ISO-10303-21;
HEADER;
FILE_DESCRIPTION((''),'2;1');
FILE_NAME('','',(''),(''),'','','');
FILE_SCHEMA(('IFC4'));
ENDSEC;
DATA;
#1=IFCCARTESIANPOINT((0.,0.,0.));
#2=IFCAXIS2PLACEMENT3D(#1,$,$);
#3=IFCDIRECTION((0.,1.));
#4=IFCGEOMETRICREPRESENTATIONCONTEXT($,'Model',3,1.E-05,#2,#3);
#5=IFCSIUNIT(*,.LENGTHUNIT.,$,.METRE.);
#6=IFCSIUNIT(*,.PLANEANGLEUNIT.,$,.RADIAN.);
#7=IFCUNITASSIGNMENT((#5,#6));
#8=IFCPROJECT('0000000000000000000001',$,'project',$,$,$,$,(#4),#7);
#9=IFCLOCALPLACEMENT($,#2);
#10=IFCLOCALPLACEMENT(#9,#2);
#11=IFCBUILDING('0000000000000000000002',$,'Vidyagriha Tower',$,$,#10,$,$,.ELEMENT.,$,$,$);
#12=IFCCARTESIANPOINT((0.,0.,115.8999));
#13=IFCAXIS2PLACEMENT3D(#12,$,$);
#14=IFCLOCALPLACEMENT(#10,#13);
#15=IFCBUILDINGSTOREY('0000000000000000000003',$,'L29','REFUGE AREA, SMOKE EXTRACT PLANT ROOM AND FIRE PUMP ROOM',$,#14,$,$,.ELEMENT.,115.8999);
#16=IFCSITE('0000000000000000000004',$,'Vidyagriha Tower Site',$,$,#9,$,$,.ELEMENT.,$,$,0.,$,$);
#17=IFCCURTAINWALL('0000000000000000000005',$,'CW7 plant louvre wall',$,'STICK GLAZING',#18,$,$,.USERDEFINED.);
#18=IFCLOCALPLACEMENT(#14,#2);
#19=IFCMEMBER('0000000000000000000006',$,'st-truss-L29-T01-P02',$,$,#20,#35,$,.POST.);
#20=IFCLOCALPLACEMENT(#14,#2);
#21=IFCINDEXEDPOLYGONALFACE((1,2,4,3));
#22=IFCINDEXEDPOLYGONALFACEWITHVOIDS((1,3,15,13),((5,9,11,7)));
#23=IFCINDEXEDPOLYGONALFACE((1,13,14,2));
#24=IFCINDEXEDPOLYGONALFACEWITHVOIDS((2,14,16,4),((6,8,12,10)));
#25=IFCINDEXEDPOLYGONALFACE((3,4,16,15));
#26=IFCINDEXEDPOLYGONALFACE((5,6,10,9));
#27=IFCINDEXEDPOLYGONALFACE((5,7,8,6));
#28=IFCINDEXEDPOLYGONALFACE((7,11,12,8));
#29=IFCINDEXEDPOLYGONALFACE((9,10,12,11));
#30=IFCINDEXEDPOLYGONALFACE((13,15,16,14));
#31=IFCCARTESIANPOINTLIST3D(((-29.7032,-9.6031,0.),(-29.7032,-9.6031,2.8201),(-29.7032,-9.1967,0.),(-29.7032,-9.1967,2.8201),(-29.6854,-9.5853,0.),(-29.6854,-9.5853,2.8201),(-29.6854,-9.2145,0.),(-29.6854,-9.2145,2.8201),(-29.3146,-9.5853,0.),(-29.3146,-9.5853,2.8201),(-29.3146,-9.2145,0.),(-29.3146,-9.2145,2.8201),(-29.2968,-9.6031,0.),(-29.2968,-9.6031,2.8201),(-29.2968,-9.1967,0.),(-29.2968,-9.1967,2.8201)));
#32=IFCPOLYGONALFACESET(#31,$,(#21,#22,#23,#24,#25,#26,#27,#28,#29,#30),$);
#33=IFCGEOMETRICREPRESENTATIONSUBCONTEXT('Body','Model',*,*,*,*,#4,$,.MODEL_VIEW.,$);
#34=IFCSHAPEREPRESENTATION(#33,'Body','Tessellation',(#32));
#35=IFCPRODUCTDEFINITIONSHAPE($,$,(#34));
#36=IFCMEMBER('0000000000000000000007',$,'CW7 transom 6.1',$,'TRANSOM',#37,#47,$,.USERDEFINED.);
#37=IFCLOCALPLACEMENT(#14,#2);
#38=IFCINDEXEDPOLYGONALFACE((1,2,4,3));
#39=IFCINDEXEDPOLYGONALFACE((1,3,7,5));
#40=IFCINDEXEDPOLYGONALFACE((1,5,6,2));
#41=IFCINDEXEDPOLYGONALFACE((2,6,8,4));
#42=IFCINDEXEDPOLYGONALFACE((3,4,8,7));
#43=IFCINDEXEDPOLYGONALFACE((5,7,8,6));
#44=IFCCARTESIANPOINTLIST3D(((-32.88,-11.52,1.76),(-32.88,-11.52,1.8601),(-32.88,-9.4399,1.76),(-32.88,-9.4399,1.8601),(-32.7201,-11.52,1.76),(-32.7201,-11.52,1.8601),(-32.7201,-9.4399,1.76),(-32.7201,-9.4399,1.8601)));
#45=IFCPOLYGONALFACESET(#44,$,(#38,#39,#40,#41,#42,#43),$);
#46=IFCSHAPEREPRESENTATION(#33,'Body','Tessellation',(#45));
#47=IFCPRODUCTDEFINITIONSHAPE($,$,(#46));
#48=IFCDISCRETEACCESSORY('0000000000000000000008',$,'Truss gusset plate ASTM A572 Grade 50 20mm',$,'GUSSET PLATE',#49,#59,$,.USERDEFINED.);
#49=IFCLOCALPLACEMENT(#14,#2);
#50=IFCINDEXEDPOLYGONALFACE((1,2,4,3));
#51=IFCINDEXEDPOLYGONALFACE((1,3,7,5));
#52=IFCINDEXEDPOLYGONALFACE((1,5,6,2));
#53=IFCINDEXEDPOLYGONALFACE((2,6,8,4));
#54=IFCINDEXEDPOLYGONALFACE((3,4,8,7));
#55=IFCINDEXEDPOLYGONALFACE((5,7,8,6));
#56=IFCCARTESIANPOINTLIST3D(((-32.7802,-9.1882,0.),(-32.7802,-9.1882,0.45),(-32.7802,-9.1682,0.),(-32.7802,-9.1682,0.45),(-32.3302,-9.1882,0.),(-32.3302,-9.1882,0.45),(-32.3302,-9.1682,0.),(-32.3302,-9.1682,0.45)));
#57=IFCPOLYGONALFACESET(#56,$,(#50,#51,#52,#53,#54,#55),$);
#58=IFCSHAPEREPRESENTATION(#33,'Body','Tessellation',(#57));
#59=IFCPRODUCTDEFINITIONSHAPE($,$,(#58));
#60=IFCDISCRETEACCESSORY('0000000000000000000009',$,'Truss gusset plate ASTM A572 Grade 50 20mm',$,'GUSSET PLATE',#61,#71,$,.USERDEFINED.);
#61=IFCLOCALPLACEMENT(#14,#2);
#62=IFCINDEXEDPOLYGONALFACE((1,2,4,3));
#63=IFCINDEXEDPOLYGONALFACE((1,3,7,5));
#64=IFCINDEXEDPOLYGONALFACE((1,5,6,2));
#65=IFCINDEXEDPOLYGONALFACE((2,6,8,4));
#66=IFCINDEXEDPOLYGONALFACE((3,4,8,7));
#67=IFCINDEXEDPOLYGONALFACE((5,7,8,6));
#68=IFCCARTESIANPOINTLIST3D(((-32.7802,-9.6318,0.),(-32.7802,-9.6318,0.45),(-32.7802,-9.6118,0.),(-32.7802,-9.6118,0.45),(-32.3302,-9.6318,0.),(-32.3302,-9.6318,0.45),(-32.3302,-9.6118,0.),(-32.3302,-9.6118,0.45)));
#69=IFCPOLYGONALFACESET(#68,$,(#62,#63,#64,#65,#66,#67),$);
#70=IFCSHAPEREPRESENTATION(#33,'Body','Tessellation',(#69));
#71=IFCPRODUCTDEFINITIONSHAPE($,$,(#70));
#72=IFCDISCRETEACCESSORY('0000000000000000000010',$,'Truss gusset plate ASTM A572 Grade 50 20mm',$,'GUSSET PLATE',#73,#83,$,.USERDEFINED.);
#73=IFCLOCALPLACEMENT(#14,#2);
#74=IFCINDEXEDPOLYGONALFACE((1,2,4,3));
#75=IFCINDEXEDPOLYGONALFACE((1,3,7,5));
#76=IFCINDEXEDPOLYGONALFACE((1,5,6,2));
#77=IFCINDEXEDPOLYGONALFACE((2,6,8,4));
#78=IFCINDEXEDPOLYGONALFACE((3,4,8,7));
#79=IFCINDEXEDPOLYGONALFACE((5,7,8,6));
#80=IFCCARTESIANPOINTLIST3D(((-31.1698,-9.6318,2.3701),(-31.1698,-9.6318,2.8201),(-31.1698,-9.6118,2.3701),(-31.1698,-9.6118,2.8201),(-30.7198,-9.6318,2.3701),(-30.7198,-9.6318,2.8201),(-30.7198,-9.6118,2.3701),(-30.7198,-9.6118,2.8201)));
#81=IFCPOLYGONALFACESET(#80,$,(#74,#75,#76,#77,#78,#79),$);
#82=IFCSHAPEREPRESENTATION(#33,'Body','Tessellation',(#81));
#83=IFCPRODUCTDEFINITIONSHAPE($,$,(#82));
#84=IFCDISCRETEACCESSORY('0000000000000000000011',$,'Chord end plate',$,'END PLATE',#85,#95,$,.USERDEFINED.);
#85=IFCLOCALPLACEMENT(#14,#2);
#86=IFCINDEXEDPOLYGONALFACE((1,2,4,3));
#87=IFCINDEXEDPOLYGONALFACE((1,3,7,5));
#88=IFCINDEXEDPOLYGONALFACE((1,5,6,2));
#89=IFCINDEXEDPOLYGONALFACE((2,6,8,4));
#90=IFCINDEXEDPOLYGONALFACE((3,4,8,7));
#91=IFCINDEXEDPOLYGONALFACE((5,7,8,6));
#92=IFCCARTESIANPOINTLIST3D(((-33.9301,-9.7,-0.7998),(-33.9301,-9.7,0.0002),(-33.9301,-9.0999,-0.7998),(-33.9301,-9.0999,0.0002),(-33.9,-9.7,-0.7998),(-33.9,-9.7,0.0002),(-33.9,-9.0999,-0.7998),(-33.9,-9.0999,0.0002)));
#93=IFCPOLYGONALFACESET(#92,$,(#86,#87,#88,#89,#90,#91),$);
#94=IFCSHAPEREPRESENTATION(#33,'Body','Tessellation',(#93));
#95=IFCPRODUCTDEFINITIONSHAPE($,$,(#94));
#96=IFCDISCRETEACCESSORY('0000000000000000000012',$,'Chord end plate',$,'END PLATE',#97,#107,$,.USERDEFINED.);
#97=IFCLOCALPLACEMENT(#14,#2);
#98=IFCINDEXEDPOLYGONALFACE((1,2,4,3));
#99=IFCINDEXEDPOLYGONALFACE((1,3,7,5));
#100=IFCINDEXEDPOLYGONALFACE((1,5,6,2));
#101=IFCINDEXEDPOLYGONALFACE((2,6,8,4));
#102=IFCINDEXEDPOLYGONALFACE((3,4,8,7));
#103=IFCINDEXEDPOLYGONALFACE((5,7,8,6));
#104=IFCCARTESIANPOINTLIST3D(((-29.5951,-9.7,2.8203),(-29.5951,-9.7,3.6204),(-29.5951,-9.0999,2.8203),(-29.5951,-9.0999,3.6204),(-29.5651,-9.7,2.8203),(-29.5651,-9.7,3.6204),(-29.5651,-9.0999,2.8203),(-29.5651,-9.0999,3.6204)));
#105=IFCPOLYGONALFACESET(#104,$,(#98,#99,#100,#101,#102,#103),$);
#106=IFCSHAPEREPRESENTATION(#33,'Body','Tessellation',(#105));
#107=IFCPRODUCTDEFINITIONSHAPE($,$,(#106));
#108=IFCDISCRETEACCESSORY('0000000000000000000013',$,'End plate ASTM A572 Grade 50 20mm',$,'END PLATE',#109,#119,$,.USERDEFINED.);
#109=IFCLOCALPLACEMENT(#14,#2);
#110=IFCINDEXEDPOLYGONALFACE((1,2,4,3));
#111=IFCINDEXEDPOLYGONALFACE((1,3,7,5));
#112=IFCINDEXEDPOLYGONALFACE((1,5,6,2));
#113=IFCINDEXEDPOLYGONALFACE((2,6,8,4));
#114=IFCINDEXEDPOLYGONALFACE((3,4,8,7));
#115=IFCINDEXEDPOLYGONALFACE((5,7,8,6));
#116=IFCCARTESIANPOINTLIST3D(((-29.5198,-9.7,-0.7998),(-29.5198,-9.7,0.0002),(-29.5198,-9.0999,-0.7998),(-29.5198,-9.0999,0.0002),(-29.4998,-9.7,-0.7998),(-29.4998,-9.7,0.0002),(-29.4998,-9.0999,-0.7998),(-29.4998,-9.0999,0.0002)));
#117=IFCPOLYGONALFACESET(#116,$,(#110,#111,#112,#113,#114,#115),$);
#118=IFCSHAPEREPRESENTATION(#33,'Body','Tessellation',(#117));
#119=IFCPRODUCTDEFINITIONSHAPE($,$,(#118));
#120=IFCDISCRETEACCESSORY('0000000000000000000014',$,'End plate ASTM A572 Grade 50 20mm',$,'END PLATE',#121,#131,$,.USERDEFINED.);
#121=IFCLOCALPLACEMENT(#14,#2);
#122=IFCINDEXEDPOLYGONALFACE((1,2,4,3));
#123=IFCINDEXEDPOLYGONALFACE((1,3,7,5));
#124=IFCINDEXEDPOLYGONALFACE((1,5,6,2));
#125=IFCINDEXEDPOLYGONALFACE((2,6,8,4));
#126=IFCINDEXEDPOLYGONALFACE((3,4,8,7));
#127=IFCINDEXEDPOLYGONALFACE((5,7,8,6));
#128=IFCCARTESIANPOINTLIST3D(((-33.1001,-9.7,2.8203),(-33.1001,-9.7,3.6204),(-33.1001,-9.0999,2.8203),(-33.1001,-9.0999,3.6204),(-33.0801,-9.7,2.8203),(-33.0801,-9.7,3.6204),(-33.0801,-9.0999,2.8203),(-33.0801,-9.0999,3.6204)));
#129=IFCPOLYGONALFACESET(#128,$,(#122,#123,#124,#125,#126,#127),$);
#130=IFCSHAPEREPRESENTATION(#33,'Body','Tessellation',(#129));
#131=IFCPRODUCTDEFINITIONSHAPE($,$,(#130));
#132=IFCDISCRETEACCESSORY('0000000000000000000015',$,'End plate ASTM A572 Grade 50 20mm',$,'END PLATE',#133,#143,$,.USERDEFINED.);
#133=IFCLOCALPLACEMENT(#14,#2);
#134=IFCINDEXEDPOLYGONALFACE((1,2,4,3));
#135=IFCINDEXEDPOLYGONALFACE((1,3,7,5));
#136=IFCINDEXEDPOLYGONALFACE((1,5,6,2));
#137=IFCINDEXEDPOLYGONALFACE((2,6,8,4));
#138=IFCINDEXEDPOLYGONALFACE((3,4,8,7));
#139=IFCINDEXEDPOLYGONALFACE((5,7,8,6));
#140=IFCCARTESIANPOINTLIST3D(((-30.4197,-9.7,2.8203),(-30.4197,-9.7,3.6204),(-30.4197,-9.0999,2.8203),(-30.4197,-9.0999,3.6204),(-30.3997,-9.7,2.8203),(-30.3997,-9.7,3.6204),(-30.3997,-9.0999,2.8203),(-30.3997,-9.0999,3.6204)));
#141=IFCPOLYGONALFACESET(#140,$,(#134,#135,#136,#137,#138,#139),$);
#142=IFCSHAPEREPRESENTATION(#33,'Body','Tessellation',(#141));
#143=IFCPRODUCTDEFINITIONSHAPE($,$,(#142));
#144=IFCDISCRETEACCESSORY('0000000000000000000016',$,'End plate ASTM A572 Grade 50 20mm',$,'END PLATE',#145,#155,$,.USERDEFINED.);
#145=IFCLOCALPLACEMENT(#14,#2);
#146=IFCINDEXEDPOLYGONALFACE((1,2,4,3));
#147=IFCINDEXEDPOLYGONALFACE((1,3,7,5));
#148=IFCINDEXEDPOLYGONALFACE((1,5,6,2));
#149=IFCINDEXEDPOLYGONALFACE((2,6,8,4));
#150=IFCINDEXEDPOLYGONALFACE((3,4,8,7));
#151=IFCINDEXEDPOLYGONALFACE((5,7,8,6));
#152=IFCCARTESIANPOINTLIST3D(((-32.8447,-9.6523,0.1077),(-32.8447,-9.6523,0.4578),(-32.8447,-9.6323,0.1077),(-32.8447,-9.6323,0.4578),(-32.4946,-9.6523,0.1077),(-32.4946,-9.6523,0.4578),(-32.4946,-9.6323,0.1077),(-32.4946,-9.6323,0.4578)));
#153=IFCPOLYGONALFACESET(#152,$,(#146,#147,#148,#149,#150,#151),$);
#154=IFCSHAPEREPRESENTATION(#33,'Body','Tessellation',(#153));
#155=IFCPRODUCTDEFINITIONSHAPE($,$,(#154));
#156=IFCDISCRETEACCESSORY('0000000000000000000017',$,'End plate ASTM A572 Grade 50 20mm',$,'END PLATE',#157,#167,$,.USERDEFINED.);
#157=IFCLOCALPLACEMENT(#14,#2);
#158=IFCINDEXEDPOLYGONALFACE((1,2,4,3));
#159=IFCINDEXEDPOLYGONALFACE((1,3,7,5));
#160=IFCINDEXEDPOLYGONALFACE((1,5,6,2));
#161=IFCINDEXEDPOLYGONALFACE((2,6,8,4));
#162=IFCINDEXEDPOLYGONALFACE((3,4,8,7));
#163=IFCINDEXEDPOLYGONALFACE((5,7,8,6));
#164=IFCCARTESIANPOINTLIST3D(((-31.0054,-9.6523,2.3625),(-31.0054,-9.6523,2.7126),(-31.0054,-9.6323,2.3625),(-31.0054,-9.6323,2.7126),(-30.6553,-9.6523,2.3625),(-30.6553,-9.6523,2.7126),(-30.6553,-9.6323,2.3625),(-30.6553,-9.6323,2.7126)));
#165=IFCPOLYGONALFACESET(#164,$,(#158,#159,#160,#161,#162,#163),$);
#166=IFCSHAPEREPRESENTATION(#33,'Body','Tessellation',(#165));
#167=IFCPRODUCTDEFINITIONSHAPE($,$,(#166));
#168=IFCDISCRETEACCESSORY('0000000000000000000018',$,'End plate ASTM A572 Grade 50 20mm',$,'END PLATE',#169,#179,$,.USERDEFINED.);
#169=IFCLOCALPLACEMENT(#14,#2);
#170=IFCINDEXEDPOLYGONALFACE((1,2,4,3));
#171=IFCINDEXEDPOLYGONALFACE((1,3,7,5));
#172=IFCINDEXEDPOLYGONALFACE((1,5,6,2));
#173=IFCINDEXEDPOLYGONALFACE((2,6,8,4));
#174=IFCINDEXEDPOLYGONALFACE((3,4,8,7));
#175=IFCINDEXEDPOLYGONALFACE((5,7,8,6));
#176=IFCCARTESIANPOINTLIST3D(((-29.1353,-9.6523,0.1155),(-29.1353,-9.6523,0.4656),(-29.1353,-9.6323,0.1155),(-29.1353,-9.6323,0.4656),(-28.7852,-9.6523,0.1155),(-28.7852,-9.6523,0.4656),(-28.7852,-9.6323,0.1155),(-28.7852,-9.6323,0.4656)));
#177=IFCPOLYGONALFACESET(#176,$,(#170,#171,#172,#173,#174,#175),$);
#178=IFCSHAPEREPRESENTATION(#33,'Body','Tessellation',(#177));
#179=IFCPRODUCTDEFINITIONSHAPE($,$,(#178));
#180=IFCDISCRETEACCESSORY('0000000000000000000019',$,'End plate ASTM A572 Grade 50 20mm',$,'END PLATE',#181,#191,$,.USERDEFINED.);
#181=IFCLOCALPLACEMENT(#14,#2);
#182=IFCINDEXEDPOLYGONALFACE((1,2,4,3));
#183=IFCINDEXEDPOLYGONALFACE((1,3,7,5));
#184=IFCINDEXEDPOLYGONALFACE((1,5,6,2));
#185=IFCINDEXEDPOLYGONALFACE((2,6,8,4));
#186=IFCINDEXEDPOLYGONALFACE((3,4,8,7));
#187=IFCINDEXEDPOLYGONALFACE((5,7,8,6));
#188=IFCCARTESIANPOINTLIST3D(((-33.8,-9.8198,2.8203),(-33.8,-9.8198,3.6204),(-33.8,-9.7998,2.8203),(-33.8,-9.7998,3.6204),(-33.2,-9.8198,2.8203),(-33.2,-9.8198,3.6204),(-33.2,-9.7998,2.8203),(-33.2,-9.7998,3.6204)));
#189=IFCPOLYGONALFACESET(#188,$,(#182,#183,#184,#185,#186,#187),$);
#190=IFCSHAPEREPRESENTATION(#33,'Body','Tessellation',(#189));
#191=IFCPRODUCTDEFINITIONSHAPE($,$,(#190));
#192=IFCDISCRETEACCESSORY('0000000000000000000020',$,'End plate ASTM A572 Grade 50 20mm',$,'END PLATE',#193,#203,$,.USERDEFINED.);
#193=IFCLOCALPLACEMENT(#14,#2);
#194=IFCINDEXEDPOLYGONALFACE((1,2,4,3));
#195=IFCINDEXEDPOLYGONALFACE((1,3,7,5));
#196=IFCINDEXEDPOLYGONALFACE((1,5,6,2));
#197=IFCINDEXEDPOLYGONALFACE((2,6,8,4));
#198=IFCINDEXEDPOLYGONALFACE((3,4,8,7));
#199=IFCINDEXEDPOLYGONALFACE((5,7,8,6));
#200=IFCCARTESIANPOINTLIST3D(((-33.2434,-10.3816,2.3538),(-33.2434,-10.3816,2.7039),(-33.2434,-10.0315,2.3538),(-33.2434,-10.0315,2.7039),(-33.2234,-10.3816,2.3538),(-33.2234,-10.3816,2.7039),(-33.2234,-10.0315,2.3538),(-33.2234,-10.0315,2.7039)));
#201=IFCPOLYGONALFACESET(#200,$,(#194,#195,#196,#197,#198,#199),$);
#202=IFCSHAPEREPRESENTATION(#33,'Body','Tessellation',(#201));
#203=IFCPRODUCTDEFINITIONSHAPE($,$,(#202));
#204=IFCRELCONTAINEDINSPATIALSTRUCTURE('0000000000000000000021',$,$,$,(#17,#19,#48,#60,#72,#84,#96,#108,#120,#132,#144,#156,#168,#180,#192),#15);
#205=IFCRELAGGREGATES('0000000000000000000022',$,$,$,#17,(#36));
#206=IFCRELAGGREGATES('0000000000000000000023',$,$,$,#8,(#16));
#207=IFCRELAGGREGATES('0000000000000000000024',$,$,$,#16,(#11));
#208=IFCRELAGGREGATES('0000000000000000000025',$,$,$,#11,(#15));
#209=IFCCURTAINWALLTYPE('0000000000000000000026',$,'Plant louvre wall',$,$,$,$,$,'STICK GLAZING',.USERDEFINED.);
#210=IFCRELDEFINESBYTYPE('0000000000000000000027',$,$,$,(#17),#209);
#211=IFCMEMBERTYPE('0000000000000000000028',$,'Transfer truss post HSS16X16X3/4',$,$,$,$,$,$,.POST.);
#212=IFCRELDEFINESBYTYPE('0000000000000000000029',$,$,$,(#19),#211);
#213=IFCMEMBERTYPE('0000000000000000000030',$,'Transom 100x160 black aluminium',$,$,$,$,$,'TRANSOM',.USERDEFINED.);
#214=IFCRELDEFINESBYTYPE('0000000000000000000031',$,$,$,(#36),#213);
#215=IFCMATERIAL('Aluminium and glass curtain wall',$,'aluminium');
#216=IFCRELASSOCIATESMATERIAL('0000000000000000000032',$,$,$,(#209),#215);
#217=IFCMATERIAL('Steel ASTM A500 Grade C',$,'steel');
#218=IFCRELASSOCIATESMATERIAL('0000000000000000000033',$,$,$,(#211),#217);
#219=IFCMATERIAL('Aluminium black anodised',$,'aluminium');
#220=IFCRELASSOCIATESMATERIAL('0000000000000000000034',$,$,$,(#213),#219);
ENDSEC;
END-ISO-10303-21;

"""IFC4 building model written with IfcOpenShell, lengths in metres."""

from ifc_helpers import new_model, si_unit, direction, frame, origin, origin_2d, place, context, subcontext, project, spatial, rectangle, hollow_rectangle, extrude, material, material_profile, profile_set, type_object, element, aggregate, save


model = new_model("IFC4")

# Units and contexts
model_context = context("Model", 3, precision=1e-05, world=origin(), true_north=direction((0.0, 1.0)))
body_context = subcontext(model_context, "Body", "Model", "MODEL_VIEW")
ifc_project = project(units=[si_unit("LENGTHUNIT", "METRE"), si_unit("PLANEANGLEUNIT", "RADIAN")], contexts=[model_context])

# Site, building, storey
site_placement = place(None, origin())
site = spatial("IfcSite", under=ifc_project, at=site_placement, Name="Vidyagriha Tower Site", CompositionType="ELEMENT", RefElevation=0.0)
building_placement = place(site_placement, origin())
building = spatial("IfcBuilding", under=site, at=building_placement, Name="Vidyagriha Tower", CompositionType="ELEMENT")
storey_placement = place(building_placement, frame((0.0, 0.0, 115.8999)))
storey = spatial("IfcBuildingStorey", under=building, at=storey_placement, Name="L29", Description="REFUGE AREA, SMOKE EXTRACT PLANT ROOM AND FIRE PUMP ROOM", CompositionType="ELEMENT", Elevation=115.8999)

# Curtain wall
ifc_material_1 = material(Name="Aluminium and glass curtain wall", Category="aluminium")
curtain_wall_type = type_object("IfcCurtainWallType", Name="Plant louvre wall", ElementType="STICK GLAZING", PredefinedType="USERDEFINED", material=ifc_material_1)
curtain_wall_placement = place(storey_placement, origin())
curtain_wall = element("IfcCurtainWall", 1, at=curtain_wall_placement, inside=storey, type_object=curtain_wall_type, Name="CW7 plant louvre wall", ObjectType="STICK GLAZING", PredefinedType="USERDEFINED")

# Member
ifc_material_2 = material(Name="Steel ASTM A500 Grade C", Category="steel")
ifc_material_profile_1 = material_profile(ifc_material_2, hollow_rectangle(XDim=0.4065, YDim=0.4065, WallThickness=0.0178, at=origin_2d()), Name="HSS16X16X3/4")
ifc_profile_set_1 = profile_set([ifc_material_profile_1], Name="Steel ASTM A500 Grade C")
member_type_1 = type_object("IfcMemberType", Name="Transfer truss post HSS16X16X3/4", PredefinedType="POST", material=ifc_profile_set_1)
member_1_placement = place(storey_placement, frame((-29.5, -9.3999, 0.0)))
element("IfcMember", 2, at=member_1_placement, inside=storey, type_object=member_type_1, Name="st-truss-L29-T01-P02", PredefinedType="POST", context=body_context, shape_type="SweptSolid", body=[
    extrude(hollow_rectangle(XDim=0.4065, YDim=0.4065, WallThickness=0.0178, at=origin_2d()), origin(), (0.0, 0.0, 1.0), 2.8201),
])

# Member
ifc_material_3 = material(Name="Aluminium black anodised", Category="aluminium")
ifc_material_profile_2 = material_profile(ifc_material_3, rectangle(XDim=0.1599, YDim=0.1001, at=origin_2d()), Name="Transom 100x160 black aluminium")
ifc_profile_set_2 = profile_set([ifc_material_profile_2], Name="Aluminium black anodised")
member_type_2 = type_object("IfcMemberType", Name="Transom 100x160 black aluminium", ElementType="TRANSOM", PredefinedType="USERDEFINED", material=ifc_profile_set_2)
member_2_placement = place(storey_placement, frame((-32.8, -9.4399, 1.8101), z_axis=(0.0, -1.0, 0.0), x_axis=(1.0, 0.0, 0.0)))
member_2 = element("IfcMember", 3, at=member_2_placement, type_object=member_type_2, Name="CW7 transom 6.1", ObjectType="TRANSOM", PredefinedType="USERDEFINED", context=body_context, shape_type="SweptSolid", body=[
    extrude(rectangle(XDim=0.1599, YDim=0.1001, at=origin_2d()), origin(), (0.0, 0.0, 1.0), 2.0801),
])
aggregate(curtain_wall, [member_2])

# Discrete accessories
for number, where, name in (
    (4, (-32.5552, -9.1782, 0.0), "Truss gusset plate ASTM A572 Grade 50 20mm"),
    (5, (-32.5552, -9.6218, 0.0), "Truss gusset plate ASTM A572 Grade 50 20mm"),
    (6, (-30.9448, -9.6218, 2.3701), "Truss gusset plate ASTM A572 Grade 50 20mm"),
):
    element("IfcDiscreteAccessory", number, at=place(storey_placement, frame(where)), inside=storey, Name=name, ObjectType="GUSSET PLATE", PredefinedType="USERDEFINED", context=body_context, shape_type="SweptSolid", body=[
        extrude(rectangle(XDim=0.45, YDim=0.02, at=origin_2d()), origin(), (0.0, 0.0, 1.0), 0.45),
    ])
for number, where, z_axis, x_axis, name in (
    (7, (-33.915, -9.3999, -0.7998), (0.0, 0.0, 1.0), (-1.0, 0.0, 0.0), "Chord end plate"),
    (8, (-29.5801, -9.3999, 2.8203), (0.0, 0.0, 1.0), (-1.0, 0.0, 0.0), "Chord end plate"),
):
    element("IfcDiscreteAccessory", number, at=place(storey_placement, frame(where, z_axis=z_axis, x_axis=x_axis)), inside=storey, Name=name, ObjectType="END PLATE", PredefinedType="USERDEFINED", context=body_context, shape_type="SweptSolid", body=[
        extrude(rectangle(XDim=0.03, YDim=0.6001, at=origin_2d()), origin(), (0.0, 0.0, 1.0), 0.8),
    ])
discrete_accessory_1_placement = place(storey_placement, frame((-29.5098, -9.3999, -0.7998)))
element("IfcDiscreteAccessory", 9, at=discrete_accessory_1_placement, inside=storey, Name="End plate ASTM A572 Grade 50 20mm", ObjectType="END PLATE", PredefinedType="USERDEFINED", context=body_context, shape_type="SweptSolid", body=[
    extrude(rectangle(XDim=0.02, YDim=0.6001, at=origin_2d()), origin(), (0.0, 0.0, 1.0), 0.8),
])
discrete_accessory_2_placement = place(storey_placement, frame((-33.0901, -9.3999, 2.8203), z_axis=(0.0, 0.0, 1.0), x_axis=(-1.0, 0.0, 0.0)))
element("IfcDiscreteAccessory", 10, at=discrete_accessory_2_placement, inside=storey, Name="End plate ASTM A572 Grade 50 20mm", ObjectType="END PLATE", PredefinedType="USERDEFINED", context=body_context, shape_type="SweptSolid", body=[
    extrude(rectangle(XDim=0.02, YDim=0.6001, at=origin_2d()), origin(), (0.0, 0.0, 1.0), 0.8),
])
discrete_accessory_3_placement = place(storey_placement, frame((-30.4097, -9.3999, 2.8203)))
element("IfcDiscreteAccessory", 11, at=discrete_accessory_3_placement, inside=storey, Name="End plate ASTM A572 Grade 50 20mm", ObjectType="END PLATE", PredefinedType="USERDEFINED", context=body_context, shape_type="SweptSolid", body=[
    extrude(rectangle(XDim=0.02, YDim=0.6001, at=origin_2d()), origin(), (0.0, 0.0, 1.0), 0.8),
])
discrete_accessory_4_placement = place(storey_placement, frame((-32.6697, -9.6423, 0.1077), z_axis=(0.0, 0.0, 1.0), x_axis=(-1.0, 0.0, 0.0)))
element("IfcDiscreteAccessory", 12, at=discrete_accessory_4_placement, inside=storey, Name="End plate ASTM A572 Grade 50 20mm", ObjectType="END PLATE", PredefinedType="USERDEFINED", context=body_context, shape_type="SweptSolid", body=[
    extrude(rectangle(XDim=0.3501, YDim=0.02, at=origin_2d()), origin(), (0.0, 0.0, 1.0), 0.3501),
])
discrete_accessory_5_placement = place(storey_placement, frame((-30.8303, -9.6423, 2.3625)))
element("IfcDiscreteAccessory", 13, at=discrete_accessory_5_placement, inside=storey, Name="End plate ASTM A572 Grade 50 20mm", ObjectType="END PLATE", PredefinedType="USERDEFINED", context=body_context, shape_type="SweptSolid", body=[
    extrude(rectangle(XDim=0.3501, YDim=0.02, at=origin_2d()), origin(), (0.0, 0.0, 1.0), 0.3501),
])
discrete_accessory_6_placement = place(storey_placement, frame((-28.9602, -9.6423, 0.1155), z_axis=(0.0, 0.0, 1.0), x_axis=(-1.0, 0.0, 0.0)))
element("IfcDiscreteAccessory", 14, at=discrete_accessory_6_placement, inside=storey, Name="End plate ASTM A572 Grade 50 20mm", ObjectType="END PLATE", PredefinedType="USERDEFINED", context=body_context, shape_type="SweptSolid", body=[
    extrude(rectangle(XDim=0.3501, YDim=0.02, at=origin_2d()), origin(), (0.0, 0.0, 1.0), 0.3501),
])
discrete_accessory_7_placement = place(storey_placement, frame((-33.5, -9.8098, 2.8203), z_axis=(0.0, 0.0, 1.0), x_axis=(0.0, 1.0, 0.0)))
element("IfcDiscreteAccessory", 15, at=discrete_accessory_7_placement, inside=storey, Name="End plate ASTM A572 Grade 50 20mm", ObjectType="END PLATE", PredefinedType="USERDEFINED", context=body_context, shape_type="SweptSolid", body=[
    extrude(rectangle(XDim=0.02, YDim=0.6001, at=origin_2d()), origin(), (0.0, 0.0, 1.0), 0.8),
])
discrete_accessory_8_placement = place(storey_placement, frame((-33.2334, -10.2065, 2.3538), z_axis=(0.0, 0.0, 1.0), x_axis=(0.0, 1.0, 0.0)))
element("IfcDiscreteAccessory", 16, at=discrete_accessory_8_placement, inside=storey, Name="End plate ASTM A572 Grade 50 20mm", ObjectType="END PLATE", PredefinedType="USERDEFINED", context=body_context, shape_type="SweptSolid", body=[
    extrude(rectangle(XDim=0.3501, YDim=0.02, at=origin_2d()), origin(), (0.0, 0.0, 1.0), 0.3501),
])

save(model, "model.ifc")
